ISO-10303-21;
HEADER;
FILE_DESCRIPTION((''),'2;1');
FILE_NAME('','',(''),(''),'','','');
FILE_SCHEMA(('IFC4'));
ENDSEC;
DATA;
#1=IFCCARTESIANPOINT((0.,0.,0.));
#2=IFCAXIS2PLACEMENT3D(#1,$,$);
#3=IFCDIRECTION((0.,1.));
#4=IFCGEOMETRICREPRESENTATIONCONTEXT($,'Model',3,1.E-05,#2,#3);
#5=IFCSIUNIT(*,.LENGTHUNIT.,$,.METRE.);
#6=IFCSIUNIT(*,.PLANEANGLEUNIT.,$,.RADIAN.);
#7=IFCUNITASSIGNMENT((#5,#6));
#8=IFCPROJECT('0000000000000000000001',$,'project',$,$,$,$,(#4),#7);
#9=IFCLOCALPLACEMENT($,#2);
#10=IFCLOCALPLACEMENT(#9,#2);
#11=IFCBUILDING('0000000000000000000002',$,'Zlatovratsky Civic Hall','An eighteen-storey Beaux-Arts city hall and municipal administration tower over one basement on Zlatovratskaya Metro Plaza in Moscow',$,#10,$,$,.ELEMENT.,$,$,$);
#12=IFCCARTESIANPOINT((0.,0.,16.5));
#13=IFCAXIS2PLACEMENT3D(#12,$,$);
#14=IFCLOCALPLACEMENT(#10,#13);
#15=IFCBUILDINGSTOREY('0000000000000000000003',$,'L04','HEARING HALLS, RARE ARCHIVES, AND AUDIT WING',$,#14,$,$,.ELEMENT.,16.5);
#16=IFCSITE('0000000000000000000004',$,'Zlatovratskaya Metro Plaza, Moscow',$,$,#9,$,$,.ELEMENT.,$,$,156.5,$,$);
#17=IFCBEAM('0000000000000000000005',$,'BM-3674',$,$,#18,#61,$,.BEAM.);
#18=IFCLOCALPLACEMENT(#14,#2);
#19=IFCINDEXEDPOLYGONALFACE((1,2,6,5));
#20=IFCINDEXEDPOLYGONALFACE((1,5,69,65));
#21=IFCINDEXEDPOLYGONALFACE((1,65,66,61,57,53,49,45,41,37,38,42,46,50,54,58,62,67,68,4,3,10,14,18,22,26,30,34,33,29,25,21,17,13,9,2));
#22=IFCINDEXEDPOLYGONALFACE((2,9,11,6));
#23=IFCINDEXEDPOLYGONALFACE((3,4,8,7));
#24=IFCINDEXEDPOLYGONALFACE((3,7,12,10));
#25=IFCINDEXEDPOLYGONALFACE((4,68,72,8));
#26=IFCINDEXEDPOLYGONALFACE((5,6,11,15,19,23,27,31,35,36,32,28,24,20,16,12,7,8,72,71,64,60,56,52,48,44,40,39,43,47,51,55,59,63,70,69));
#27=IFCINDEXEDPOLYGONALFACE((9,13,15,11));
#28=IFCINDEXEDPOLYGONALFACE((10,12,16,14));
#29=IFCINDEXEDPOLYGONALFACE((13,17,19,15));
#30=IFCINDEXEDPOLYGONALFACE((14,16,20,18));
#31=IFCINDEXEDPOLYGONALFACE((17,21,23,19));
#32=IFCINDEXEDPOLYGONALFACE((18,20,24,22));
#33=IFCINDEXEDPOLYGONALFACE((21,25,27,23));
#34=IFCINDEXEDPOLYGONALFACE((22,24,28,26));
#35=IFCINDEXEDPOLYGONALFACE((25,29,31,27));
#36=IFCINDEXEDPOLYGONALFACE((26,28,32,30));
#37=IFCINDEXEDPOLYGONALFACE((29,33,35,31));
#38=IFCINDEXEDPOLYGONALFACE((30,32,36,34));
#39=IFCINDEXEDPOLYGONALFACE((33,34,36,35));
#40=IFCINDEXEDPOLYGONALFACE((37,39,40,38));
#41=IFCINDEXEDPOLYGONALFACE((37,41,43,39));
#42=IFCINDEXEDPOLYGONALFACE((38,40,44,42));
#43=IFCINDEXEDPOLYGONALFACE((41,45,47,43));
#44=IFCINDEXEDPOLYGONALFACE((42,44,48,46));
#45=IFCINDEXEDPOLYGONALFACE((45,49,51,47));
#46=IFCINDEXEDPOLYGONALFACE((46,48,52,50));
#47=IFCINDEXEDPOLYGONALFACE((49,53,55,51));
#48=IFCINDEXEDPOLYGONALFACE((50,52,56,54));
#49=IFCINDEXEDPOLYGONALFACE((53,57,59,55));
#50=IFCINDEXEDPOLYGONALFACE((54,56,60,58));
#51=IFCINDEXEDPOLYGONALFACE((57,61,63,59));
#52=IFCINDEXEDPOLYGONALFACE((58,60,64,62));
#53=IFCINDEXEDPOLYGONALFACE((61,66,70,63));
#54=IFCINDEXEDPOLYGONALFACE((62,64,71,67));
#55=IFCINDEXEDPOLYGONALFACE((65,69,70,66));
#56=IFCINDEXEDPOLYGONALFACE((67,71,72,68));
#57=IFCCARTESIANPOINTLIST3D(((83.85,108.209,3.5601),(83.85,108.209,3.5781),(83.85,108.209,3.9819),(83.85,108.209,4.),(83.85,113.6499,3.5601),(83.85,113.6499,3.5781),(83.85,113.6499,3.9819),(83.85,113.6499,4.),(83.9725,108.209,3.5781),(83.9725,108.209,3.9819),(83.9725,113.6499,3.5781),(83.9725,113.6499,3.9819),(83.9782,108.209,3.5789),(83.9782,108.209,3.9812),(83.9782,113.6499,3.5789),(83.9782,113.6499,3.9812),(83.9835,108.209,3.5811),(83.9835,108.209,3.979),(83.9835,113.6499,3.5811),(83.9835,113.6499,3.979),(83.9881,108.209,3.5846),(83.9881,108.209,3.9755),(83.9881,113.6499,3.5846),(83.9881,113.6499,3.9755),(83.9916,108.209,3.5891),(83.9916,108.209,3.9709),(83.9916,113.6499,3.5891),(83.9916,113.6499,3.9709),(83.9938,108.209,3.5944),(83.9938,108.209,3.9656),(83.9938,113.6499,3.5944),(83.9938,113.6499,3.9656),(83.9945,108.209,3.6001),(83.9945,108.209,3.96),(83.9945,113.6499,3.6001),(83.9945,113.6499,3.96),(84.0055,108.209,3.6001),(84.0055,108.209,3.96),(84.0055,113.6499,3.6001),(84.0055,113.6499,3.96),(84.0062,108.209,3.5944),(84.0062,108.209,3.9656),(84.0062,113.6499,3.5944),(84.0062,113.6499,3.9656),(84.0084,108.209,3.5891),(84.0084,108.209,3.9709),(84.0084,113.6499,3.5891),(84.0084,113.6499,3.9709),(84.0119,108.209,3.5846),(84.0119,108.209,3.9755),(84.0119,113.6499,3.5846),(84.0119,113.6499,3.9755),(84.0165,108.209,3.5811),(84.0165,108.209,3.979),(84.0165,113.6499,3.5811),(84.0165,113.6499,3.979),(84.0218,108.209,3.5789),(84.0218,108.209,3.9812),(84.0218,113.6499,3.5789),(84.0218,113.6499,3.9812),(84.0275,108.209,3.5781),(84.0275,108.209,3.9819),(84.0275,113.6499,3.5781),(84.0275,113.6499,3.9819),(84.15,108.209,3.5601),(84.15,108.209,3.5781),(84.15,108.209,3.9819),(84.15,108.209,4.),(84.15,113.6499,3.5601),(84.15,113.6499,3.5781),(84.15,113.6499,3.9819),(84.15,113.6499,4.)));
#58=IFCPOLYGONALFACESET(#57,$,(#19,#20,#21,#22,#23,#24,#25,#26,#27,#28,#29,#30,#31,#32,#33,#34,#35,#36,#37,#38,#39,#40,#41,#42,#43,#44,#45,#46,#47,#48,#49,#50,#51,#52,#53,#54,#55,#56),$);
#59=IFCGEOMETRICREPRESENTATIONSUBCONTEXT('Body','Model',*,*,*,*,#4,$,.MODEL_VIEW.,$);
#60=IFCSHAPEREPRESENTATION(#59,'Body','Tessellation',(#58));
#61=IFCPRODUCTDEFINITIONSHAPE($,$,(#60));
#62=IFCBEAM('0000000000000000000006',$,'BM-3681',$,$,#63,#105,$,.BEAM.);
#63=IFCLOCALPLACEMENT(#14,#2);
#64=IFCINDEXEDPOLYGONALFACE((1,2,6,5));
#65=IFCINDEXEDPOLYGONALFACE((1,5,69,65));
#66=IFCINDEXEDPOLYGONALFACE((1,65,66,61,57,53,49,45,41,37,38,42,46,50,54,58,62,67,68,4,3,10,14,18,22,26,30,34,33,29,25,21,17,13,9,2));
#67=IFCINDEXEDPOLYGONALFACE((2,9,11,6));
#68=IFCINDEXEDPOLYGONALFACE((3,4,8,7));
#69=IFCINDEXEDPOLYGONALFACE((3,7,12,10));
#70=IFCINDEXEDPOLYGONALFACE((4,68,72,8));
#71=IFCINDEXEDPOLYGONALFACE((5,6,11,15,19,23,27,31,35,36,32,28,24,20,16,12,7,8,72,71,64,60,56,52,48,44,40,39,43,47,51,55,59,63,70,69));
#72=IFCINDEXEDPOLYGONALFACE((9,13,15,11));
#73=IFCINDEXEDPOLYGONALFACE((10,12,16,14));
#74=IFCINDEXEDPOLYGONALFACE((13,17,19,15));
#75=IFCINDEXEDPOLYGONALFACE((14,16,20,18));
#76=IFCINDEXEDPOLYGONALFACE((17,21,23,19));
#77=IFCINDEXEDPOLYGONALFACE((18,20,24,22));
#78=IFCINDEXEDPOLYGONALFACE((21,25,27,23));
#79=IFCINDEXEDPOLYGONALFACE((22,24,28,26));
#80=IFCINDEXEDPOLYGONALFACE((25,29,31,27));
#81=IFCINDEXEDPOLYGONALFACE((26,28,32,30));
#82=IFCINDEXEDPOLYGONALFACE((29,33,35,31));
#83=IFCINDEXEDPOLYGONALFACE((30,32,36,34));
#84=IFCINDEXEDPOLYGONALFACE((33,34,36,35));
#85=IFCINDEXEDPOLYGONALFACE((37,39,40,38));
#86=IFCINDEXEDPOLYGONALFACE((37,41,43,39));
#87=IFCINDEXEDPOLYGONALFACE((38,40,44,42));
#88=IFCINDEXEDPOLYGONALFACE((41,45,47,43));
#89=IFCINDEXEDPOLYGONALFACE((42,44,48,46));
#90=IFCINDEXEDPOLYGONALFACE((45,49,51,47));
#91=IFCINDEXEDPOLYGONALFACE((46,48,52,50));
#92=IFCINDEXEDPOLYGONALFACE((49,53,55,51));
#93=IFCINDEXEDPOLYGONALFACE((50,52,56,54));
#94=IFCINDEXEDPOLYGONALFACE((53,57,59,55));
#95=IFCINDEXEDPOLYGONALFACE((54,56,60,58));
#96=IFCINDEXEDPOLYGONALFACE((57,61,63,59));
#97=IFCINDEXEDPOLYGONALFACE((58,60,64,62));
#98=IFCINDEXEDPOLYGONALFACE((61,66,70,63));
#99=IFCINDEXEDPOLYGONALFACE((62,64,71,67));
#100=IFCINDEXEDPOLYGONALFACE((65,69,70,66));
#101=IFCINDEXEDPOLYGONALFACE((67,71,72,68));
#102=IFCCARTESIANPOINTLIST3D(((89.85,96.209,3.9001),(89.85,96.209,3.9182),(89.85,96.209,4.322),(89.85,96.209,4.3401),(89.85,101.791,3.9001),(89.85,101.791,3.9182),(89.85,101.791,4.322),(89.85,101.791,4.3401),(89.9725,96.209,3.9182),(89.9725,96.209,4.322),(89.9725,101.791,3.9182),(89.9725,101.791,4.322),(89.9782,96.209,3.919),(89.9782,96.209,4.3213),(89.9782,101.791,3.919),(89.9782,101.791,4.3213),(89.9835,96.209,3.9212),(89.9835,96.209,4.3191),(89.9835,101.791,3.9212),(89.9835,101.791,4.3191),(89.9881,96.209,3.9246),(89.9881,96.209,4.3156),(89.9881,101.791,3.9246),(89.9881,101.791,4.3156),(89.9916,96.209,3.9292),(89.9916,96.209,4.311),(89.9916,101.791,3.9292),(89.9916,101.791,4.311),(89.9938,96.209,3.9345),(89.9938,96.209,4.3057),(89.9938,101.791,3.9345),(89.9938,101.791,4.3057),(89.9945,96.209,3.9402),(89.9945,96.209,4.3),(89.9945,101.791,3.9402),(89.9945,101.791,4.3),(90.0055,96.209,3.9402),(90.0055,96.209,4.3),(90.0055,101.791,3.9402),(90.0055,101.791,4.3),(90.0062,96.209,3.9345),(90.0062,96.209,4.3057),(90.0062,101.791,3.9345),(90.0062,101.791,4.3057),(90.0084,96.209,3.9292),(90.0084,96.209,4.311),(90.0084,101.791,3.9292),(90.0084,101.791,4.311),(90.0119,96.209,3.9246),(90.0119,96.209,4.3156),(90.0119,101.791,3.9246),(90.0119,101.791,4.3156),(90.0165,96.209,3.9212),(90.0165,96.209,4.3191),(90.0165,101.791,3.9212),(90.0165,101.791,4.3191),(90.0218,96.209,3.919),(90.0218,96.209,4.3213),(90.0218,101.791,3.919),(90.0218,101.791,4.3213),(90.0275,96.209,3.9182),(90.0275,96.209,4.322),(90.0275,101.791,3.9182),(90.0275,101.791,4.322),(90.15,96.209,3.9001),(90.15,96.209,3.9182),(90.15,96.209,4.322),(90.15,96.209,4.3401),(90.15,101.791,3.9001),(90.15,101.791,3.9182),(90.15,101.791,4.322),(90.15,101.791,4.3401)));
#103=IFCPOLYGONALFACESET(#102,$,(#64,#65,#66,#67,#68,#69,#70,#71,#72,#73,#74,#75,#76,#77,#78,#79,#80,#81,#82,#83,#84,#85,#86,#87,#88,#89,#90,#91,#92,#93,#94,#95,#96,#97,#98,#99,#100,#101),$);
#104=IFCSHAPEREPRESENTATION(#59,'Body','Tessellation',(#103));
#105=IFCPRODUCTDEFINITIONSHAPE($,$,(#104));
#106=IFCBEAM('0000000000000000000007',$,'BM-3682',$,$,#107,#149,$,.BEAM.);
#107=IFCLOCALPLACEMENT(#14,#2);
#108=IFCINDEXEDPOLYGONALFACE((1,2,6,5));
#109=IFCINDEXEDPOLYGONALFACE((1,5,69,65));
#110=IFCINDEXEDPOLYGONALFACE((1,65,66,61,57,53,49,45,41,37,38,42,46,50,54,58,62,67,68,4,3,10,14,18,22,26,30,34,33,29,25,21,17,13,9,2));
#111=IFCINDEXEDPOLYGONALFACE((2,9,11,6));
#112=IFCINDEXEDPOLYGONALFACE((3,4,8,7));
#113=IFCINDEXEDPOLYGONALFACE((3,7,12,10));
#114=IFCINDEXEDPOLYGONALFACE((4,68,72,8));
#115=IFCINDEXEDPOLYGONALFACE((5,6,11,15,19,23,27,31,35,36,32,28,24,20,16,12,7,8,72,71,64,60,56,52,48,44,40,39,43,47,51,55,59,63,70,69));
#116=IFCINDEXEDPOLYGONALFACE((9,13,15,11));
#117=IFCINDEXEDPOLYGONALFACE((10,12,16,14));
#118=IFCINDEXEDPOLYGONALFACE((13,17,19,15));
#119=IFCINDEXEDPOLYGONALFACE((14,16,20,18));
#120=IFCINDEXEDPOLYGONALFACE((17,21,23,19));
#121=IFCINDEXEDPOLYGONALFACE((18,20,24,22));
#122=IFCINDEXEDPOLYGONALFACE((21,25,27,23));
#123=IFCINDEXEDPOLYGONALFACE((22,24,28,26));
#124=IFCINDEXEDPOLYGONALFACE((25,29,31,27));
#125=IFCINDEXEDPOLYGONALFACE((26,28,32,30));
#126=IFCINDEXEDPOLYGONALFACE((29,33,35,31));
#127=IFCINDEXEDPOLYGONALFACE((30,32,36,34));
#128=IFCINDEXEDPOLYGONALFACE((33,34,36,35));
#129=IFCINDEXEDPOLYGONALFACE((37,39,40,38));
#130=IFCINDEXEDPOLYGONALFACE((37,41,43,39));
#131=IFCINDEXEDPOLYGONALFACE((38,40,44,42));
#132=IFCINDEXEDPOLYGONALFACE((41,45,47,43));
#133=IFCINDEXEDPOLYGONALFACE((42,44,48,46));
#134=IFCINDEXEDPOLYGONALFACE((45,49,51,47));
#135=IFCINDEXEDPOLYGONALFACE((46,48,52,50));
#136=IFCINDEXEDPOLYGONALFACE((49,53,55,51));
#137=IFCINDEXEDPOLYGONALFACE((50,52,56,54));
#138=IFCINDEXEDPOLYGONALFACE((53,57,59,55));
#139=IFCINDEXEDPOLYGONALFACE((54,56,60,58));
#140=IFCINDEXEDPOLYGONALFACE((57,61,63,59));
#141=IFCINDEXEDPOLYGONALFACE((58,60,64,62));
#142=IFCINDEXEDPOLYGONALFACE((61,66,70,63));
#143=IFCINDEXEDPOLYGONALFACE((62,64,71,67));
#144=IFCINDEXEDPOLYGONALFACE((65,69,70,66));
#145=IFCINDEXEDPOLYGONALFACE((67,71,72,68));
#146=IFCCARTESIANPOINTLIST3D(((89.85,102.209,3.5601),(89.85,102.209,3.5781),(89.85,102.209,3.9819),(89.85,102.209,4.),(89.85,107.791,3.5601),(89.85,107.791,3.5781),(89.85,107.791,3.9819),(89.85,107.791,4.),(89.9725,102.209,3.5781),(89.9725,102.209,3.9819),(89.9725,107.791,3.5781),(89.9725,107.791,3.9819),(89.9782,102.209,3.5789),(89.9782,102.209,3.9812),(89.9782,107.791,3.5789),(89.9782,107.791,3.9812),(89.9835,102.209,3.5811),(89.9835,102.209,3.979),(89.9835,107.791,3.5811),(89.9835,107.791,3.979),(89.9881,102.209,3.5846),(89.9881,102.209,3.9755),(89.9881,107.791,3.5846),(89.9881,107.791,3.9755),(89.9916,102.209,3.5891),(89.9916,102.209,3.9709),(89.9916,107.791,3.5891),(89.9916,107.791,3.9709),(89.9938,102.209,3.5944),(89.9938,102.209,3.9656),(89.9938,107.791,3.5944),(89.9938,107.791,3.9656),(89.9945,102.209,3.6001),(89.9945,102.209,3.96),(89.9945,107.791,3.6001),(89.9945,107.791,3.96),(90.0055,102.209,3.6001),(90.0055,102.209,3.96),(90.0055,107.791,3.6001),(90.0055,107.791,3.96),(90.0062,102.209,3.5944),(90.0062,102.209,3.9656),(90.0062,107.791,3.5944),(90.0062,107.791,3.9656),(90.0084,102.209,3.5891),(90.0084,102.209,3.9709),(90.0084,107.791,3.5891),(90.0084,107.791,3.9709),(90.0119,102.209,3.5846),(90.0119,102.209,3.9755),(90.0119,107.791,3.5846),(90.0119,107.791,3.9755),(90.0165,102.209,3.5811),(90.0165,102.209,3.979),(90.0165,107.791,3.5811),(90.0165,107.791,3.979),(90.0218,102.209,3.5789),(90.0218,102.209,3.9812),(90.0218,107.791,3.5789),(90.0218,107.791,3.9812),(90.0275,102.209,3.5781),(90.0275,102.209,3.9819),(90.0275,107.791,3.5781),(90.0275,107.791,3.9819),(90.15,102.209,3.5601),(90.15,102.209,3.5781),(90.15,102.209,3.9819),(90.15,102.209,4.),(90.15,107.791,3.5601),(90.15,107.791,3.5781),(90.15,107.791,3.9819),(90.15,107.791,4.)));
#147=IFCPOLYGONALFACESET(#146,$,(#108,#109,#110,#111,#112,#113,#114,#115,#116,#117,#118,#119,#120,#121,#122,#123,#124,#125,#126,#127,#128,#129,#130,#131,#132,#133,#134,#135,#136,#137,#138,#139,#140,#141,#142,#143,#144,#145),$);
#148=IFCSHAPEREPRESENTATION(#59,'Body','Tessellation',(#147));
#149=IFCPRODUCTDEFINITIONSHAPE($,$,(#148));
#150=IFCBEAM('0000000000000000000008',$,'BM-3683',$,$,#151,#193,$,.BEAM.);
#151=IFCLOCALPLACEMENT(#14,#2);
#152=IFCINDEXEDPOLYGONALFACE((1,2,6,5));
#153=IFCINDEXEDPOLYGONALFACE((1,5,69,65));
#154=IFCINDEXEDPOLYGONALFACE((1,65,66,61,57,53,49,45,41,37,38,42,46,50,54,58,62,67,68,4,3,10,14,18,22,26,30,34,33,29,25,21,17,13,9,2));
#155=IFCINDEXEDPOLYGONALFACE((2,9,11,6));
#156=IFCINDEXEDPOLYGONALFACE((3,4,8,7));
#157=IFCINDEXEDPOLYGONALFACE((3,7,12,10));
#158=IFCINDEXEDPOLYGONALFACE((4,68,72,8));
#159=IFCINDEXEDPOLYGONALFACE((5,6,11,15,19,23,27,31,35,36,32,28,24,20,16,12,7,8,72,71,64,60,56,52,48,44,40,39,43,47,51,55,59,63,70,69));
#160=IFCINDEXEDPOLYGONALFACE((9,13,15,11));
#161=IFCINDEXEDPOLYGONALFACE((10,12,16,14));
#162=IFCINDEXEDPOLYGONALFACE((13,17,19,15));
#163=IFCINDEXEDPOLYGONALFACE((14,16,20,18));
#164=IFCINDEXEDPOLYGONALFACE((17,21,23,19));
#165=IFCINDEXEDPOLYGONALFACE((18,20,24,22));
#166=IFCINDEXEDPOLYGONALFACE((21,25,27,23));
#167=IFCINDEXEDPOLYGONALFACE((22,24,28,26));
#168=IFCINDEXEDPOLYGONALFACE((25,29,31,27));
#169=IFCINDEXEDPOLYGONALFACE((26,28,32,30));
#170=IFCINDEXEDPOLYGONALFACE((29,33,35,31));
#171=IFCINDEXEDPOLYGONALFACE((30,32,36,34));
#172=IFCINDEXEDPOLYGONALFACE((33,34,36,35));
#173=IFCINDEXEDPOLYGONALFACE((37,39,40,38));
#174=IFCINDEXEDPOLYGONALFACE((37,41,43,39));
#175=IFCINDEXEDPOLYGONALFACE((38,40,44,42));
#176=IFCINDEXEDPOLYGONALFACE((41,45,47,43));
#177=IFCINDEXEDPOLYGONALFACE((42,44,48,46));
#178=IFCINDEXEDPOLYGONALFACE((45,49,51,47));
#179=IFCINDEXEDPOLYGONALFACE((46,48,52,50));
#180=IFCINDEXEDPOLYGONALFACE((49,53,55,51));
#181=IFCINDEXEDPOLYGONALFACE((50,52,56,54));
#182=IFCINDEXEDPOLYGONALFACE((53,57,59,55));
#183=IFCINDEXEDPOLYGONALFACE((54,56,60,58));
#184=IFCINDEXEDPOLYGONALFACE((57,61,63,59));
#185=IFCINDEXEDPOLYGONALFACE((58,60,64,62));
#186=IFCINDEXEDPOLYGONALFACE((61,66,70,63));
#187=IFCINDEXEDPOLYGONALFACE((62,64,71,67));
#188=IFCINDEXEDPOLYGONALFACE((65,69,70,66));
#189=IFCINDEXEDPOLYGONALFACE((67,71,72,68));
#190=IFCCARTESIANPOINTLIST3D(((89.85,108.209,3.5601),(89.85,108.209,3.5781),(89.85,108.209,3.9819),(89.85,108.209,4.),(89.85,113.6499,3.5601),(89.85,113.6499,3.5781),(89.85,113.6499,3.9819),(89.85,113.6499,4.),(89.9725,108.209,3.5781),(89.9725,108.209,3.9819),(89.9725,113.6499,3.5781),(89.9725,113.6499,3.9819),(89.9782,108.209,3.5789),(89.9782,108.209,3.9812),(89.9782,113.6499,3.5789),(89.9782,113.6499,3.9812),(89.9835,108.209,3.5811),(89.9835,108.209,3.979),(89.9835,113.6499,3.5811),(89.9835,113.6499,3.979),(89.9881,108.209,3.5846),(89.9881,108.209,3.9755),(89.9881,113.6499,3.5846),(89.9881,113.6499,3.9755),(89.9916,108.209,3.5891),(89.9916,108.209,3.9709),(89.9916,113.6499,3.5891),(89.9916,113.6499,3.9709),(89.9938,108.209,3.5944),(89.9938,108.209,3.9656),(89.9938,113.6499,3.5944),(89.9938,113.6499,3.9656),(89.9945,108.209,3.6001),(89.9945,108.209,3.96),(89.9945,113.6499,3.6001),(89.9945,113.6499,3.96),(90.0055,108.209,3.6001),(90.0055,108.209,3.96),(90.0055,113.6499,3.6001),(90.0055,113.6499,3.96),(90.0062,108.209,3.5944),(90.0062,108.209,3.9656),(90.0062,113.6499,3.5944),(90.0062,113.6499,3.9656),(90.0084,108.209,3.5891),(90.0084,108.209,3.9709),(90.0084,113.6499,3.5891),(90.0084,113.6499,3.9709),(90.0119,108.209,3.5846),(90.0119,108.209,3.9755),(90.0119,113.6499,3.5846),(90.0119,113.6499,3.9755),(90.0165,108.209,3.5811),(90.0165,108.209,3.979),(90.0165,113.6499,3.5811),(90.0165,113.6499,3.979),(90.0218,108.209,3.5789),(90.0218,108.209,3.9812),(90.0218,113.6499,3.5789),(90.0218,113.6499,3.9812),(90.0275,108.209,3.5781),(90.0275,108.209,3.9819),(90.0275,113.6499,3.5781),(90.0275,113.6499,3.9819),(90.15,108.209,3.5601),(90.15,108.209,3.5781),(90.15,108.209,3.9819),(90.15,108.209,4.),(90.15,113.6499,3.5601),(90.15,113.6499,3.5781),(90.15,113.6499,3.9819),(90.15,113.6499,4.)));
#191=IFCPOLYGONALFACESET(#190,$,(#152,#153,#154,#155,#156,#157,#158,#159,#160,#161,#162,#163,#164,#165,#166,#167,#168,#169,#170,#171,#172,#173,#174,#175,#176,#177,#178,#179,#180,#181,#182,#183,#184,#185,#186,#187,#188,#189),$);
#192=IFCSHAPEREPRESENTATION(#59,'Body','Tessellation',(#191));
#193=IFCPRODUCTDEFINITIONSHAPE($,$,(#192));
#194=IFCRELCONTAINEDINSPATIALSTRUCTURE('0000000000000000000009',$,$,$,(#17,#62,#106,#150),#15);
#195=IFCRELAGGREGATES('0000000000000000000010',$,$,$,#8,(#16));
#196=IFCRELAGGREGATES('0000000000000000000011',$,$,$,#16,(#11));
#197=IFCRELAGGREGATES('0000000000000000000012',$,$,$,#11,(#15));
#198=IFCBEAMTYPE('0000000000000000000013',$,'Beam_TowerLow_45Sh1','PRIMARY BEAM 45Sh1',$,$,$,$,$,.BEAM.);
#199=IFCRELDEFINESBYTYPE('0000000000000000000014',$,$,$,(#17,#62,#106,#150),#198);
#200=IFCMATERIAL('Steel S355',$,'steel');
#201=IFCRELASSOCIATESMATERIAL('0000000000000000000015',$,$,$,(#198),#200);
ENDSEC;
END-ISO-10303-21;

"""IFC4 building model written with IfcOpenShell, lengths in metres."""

from ifc_helpers import new_model, si_unit, direction, frame, origin, origin_2d, place, context, subcontext, project, spatial, i_section, extrude, material, material_profile, profile_set, type_object, element, save


model = new_model("IFC4")

# Units and contexts
model_context = context("Model", 3, precision=1e-05, world=origin(), true_north=direction((0.0, 1.0)))
body_context = subcontext(model_context, "Body", "Model", "MODEL_VIEW")
ifc_project = project(units=[si_unit("LENGTHUNIT", "METRE"), si_unit("PLANEANGLEUNIT", "RADIAN")], contexts=[model_context])

# Site, building, storey
site_placement = place(None, origin())
site = spatial("IfcSite", under=ifc_project, at=site_placement, Name="Zlatovratskaya Metro Plaza, Moscow", CompositionType="ELEMENT", RefElevation=156.5)
building_placement = place(site_placement, origin())
building = spatial("IfcBuilding", under=site, at=building_placement, Name="Zlatovratsky Civic Hall", Description="An eighteen-storey Beaux-Arts city hall and municipal administration tower over one basement on Zlatovratskaya Metro Plaza in Moscow", CompositionType="ELEMENT")
storey_placement = place(building_placement, frame((0.0, 0.0, 16.5)))
storey = spatial("IfcBuildingStorey", under=building, at=storey_placement, Name="L04", Description="HEARING HALLS, RARE ARCHIVES, AND AUDIT WING", CompositionType="ELEMENT", Elevation=16.5)

# Shared definitions
ifc_material_1 = material(Name="Steel S355", Category="steel")

# Beams
ifc_material_profile_1 = material_profile(ifc_material_1, i_section(OverallWidth=0.3, OverallDepth=0.4399, WebThickness=0.011, FlangeThickness=0.0181, FilletRadius=0.022, at=origin_2d()), Name="45Sh1")
ifc_profile_set_1 = profile_set([ifc_material_profile_1], Name="Steel S355")
beam_type_1 = type_object("IfcBeamType", Name="Beam_TowerLow_45Sh1", Description="PRIMARY BEAM 45Sh1", PredefinedType="BEAM", material=ifc_profile_set_1)
beam_1_placement = place(storey_placement, frame((84.0, 108.209, 3.78), z_axis=(0.0, 1.0, 0.0), x_axis=(-1.0, 0.0, 0.0)))
element("IfcBeam", 1, at=beam_1_placement, inside=storey, type_object=beam_type_1, Name="BM-3674", PredefinedType="BEAM", context=body_context, shape_type="SweptSolid", body=[
    extrude(i_section(OverallWidth=0.3, OverallDepth=0.4399, WebThickness=0.011, FlangeThickness=0.0181, FilletRadius=0.022, at=origin_2d()), origin(), (0.0, 0.0, 1.0), 5.4409),
])
for number, where, z_axis, x_axis, name in (
    (2, (90.0, 96.209, 4.1201), (0.0, 1.0, 0.0), (-1.0, 0.0, 0.0), "BM-3681"),
    (3, (90.0, 102.209, 3.78), (0.0, 1.0, 0.0), (-1.0, 0.0, 0.0), "BM-3682"),
):
    element("IfcBeam", number, at=place(storey_placement, frame(where, z_axis=z_axis, x_axis=x_axis)), inside=storey, type_object=beam_type_1, Name=name, PredefinedType="BEAM", context=body_context, shape_type="SweptSolid", body=[
        extrude(i_section(OverallWidth=0.3, OverallDepth=0.4399, WebThickness=0.011, FlangeThickness=0.0181, FilletRadius=0.022, at=origin_2d()), origin(), (0.0, 0.0, 1.0), 5.582),
    ])
for number, where, z_axis, x_axis, name in (
    (4, (90.0, 108.209, 3.78), (0.0, 1.0, 0.0), (-1.0, 0.0, 0.0), "BM-3683"),
):
    element("IfcBeam", number, at=place(storey_placement, frame(where, z_axis=z_axis, x_axis=x_axis)), inside=storey, type_object=beam_type_1, Name=name, PredefinedType="BEAM", context=body_context, shape_type="SweptSolid", body=[
        extrude(i_section(OverallWidth=0.3, OverallDepth=0.4399, WebThickness=0.011, FlangeThickness=0.0181, FilletRadius=0.022, at=origin_2d()), origin(), (0.0, 0.0, 1.0), 5.4409),
    ])

save(model, "model.ifc")
